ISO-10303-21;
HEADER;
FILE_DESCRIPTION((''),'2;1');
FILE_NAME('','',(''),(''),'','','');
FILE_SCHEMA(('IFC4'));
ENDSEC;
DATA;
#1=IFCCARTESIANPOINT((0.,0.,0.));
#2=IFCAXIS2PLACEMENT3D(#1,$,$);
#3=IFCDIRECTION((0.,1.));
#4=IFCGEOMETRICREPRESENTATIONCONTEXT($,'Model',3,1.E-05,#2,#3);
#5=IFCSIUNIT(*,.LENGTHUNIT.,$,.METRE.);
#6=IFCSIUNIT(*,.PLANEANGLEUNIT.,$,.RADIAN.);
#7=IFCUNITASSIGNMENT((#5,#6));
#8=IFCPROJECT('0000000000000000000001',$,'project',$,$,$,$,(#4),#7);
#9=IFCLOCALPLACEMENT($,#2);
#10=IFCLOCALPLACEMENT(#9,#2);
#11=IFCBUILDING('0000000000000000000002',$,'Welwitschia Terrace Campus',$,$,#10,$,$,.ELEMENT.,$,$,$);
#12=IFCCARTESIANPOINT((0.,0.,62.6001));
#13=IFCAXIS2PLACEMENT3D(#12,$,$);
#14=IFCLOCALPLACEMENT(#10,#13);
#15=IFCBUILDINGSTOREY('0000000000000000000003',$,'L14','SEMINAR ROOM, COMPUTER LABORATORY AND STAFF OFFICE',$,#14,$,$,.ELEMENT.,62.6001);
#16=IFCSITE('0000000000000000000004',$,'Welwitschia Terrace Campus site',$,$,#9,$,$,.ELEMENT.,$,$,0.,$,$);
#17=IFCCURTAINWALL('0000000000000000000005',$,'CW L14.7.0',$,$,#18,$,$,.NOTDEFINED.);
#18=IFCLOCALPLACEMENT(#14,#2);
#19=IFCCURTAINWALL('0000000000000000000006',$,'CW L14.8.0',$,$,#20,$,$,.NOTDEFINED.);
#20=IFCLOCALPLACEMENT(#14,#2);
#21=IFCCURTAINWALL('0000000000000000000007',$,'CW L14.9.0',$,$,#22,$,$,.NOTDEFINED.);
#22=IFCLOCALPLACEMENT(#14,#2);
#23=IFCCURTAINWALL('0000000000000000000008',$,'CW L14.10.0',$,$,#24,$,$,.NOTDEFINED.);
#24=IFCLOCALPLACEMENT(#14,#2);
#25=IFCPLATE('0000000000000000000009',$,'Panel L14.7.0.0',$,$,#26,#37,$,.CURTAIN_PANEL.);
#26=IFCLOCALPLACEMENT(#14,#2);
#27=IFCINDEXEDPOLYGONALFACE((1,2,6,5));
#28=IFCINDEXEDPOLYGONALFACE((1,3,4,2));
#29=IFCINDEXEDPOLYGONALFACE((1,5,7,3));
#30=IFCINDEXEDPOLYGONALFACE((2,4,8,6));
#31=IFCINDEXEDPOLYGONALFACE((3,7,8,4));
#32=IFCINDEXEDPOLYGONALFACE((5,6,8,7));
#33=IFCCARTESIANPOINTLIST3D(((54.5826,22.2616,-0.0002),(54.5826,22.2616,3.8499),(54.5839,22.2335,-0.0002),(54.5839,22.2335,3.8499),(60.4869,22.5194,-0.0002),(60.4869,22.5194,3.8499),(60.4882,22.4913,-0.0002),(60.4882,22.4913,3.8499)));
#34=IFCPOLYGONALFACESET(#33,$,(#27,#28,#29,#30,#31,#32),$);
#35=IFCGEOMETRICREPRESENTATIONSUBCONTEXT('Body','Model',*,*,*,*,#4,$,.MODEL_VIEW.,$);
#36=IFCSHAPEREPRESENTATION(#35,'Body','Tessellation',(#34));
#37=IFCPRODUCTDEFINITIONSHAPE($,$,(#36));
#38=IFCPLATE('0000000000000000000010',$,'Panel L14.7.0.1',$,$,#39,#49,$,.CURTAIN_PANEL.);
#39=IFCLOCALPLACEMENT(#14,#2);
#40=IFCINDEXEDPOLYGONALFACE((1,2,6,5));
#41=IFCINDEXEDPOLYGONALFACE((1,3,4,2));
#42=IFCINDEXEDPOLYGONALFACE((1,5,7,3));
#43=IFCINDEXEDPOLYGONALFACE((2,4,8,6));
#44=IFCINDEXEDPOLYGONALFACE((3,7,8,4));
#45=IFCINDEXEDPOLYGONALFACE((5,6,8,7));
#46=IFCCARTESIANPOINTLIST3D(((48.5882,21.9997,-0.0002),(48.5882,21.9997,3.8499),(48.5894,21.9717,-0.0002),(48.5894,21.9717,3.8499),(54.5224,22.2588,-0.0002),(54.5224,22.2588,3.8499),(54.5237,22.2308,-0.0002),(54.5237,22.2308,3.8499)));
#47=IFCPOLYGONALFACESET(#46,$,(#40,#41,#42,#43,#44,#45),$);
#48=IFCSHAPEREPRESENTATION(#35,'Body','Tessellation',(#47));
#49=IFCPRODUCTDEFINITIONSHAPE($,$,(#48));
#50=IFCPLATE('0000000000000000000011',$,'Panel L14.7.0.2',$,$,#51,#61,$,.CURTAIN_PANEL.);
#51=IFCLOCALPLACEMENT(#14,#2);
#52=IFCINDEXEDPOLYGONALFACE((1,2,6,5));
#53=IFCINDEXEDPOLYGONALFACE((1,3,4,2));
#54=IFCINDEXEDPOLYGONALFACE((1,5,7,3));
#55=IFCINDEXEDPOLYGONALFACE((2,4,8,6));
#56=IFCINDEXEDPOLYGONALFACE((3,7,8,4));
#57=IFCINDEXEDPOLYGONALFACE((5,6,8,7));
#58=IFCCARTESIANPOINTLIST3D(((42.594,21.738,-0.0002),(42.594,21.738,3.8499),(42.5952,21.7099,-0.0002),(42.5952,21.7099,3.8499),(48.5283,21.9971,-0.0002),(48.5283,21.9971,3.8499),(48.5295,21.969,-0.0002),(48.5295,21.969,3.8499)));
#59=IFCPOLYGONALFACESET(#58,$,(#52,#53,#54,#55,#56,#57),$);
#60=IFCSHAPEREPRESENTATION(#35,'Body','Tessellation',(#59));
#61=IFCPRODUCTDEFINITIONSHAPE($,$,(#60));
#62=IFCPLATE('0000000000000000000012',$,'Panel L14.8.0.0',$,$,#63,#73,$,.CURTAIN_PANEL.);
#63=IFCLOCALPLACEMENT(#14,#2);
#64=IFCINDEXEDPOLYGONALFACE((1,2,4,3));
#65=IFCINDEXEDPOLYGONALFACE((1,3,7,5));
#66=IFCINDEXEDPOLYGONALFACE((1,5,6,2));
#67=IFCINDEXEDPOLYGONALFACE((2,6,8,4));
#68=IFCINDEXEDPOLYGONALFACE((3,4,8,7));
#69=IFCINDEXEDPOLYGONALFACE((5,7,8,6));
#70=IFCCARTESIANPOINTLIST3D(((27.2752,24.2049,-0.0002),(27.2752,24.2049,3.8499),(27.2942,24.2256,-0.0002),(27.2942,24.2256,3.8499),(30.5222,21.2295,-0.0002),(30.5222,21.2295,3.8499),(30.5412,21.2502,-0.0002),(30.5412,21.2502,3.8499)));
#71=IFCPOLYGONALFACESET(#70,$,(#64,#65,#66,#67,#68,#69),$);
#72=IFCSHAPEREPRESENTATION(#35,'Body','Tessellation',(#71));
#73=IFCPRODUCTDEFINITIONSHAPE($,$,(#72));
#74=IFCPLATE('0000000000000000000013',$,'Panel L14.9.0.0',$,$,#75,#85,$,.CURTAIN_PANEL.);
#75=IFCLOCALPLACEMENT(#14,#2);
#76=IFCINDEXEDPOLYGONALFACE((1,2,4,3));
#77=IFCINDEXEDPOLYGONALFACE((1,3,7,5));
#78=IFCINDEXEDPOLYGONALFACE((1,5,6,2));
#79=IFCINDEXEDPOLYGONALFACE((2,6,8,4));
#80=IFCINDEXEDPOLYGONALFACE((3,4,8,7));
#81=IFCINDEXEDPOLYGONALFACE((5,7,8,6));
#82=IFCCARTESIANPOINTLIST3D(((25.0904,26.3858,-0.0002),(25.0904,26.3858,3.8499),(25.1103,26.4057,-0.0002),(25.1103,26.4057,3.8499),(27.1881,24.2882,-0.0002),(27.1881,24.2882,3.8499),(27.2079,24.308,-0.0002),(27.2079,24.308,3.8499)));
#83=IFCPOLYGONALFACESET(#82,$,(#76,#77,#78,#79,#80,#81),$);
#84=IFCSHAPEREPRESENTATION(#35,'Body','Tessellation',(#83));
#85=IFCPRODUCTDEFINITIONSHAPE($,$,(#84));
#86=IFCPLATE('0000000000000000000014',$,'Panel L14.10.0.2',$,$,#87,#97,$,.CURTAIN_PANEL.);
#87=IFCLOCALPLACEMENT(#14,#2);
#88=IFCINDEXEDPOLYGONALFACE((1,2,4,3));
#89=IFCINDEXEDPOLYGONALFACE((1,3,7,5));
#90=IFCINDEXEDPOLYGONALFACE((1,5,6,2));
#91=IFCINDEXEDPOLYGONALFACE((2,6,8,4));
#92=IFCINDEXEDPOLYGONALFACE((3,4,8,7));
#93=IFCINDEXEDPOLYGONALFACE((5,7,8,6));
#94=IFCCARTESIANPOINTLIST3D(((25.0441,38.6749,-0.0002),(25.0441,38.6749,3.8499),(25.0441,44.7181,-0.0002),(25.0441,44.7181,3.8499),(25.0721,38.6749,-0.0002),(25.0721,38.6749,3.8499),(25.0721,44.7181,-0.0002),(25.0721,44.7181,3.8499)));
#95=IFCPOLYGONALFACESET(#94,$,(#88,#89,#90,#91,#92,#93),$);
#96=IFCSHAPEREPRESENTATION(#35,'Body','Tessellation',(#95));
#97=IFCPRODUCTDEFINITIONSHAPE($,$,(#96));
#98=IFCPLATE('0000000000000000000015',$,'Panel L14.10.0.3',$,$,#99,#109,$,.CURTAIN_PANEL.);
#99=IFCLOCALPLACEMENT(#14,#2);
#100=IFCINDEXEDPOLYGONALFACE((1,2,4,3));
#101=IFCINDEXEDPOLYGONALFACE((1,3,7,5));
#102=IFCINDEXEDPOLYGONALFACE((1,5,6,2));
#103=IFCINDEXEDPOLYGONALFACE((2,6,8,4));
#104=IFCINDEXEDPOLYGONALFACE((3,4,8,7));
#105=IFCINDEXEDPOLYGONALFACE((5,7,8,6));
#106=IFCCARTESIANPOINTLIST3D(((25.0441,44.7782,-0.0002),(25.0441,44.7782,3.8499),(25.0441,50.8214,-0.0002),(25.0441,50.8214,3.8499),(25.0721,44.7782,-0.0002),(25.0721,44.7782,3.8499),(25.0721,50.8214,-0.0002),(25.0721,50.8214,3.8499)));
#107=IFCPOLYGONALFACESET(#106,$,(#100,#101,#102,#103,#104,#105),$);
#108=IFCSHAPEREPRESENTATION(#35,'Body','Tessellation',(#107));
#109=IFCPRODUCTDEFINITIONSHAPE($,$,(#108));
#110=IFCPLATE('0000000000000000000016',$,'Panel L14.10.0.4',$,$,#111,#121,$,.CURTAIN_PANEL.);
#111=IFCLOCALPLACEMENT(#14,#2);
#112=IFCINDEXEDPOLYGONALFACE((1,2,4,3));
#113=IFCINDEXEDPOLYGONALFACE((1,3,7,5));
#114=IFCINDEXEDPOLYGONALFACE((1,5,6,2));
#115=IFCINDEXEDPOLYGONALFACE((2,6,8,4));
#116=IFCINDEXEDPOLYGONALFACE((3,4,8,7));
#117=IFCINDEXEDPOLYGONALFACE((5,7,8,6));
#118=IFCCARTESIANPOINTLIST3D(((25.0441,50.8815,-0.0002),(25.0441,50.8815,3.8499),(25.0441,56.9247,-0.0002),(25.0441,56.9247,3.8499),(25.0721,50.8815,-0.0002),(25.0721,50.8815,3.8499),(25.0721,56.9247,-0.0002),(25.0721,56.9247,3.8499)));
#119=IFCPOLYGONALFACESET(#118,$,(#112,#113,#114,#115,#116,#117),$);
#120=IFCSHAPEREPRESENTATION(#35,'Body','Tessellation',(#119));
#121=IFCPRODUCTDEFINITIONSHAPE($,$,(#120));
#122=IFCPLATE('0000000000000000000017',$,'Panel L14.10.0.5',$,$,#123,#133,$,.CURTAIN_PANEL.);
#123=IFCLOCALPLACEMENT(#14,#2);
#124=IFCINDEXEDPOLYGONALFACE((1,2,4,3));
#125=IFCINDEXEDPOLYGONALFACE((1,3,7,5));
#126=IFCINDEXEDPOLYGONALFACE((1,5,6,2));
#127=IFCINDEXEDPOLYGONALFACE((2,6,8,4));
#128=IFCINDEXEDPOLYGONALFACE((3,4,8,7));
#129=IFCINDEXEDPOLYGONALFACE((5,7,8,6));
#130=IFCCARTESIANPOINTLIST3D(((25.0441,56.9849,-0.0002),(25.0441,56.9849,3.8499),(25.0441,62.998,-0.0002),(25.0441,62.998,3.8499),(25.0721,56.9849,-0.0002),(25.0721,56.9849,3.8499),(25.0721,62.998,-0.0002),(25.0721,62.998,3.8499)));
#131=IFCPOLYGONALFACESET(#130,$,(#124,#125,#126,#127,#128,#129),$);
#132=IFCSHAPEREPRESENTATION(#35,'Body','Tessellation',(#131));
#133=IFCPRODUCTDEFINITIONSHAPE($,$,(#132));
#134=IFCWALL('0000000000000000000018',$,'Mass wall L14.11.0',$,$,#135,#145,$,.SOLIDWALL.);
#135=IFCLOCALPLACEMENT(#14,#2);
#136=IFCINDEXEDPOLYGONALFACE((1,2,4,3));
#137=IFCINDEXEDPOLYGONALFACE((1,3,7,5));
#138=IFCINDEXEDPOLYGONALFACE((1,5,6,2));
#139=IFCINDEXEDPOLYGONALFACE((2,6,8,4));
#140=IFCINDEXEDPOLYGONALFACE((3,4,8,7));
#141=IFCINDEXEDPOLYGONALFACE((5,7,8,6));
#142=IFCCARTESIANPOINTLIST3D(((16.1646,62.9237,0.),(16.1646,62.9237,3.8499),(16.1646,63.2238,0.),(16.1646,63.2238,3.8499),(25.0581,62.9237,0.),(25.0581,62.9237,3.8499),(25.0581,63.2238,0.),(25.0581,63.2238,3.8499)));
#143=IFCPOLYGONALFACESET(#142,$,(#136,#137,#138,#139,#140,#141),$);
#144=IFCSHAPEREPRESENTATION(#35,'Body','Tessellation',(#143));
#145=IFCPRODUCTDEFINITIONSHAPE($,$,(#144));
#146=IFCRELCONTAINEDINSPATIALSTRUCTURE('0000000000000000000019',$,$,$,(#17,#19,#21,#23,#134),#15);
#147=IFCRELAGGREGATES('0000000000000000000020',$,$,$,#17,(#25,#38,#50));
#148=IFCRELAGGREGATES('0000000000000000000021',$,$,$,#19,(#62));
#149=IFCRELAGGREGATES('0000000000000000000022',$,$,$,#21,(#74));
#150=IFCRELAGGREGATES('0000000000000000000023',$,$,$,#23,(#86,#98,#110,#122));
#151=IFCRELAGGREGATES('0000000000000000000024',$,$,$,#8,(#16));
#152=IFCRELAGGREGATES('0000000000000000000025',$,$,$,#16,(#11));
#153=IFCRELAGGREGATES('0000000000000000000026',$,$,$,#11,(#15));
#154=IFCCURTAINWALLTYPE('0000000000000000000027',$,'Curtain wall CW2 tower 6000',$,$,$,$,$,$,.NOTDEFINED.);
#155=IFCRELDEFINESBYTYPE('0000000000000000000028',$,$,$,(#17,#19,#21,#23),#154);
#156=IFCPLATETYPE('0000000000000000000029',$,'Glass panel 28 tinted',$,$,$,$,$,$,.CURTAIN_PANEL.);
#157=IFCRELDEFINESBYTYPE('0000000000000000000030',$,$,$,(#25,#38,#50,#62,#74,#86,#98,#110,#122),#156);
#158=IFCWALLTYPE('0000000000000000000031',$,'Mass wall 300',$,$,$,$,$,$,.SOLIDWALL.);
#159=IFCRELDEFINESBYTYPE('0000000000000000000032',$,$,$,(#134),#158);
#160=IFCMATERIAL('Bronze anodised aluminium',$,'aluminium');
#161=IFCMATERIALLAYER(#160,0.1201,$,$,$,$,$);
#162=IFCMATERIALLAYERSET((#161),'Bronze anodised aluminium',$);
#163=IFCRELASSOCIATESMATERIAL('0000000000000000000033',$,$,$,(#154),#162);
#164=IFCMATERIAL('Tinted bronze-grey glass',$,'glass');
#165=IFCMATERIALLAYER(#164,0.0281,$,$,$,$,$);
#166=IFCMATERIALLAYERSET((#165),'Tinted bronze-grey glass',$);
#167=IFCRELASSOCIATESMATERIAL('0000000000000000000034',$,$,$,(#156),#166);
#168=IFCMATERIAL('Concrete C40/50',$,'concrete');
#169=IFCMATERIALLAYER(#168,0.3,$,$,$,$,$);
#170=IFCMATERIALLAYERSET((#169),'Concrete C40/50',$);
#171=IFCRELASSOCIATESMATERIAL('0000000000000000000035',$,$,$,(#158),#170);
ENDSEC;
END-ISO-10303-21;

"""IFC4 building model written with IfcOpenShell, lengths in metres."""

from ifc_helpers import new_model, si_unit, direction, frame, frame_2d, origin, origin_2d, place, context, subcontext, project, spatial, rectangle, extrude, material, layer, layer_set, type_object, element, aggregate, save


model = new_model("IFC4")

# Units and contexts
model_context = context("Model", 3, precision=1e-05, world=origin(), true_north=direction((0.0, 1.0)))
body_context = subcontext(model_context, "Body", "Model", "MODEL_VIEW")
ifc_project = project(units=[si_unit("LENGTHUNIT", "METRE"), si_unit("PLANEANGLEUNIT", "RADIAN")], contexts=[model_context])

# Site, building, storey
site_placement = place(None, origin())
site = spatial("IfcSite", under=ifc_project, at=site_placement, Name="Welwitschia Terrace Campus site", CompositionType="ELEMENT", RefElevation=0.0)
building_placement = place(site_placement, origin())
building = spatial("IfcBuilding", under=site, at=building_placement, Name="Welwitschia Terrace Campus", CompositionType="ELEMENT")
storey_placement = place(building_placement, frame((0.0, 0.0, 62.6001)))
storey = spatial("IfcBuildingStorey", under=building, at=storey_placement, Name="L14", Description="SEMINAR ROOM, COMPUTER LABORATORY AND STAFF OFFICE", CompositionType="ELEMENT", Elevation=62.6001)

# Shared definitions
ifc_material_1 = material(Name="Bronze anodised aluminium", Category="aluminium")
ifc_layer_1 = layer(ifc_material_1, 0.1201)
ifc_layer_set_1 = layer_set([ifc_layer_1], Name="Bronze anodised aluminium")
curtain_wall_type = type_object("IfcCurtainWallType", Name="Curtain wall CW2 tower 6000", PredefinedType="NOTDEFINED", material=ifc_layer_set_1)

# Curtain wall
curtain_wall_1_placement = place(storey_placement, origin())
curtain_wall_1 = element("IfcCurtainWall", 1, at=curtain_wall_1_placement, inside=storey, type_object=curtain_wall_type, Name="CW L14.7.0", PredefinedType="NOTDEFINED")

# Curtain wall
curtain_wall_2_placement = place(storey_placement, origin())
curtain_wall_2 = element("IfcCurtainWall", 2, at=curtain_wall_2_placement, inside=storey, type_object=curtain_wall_type, Name="CW L14.8.0", PredefinedType="NOTDEFINED")

# Curtain walls
curtain_wall_3_placement = place(storey_placement, origin())
curtain_wall_3 = element("IfcCurtainWall", 3, at=curtain_wall_3_placement, inside=storey, type_object=curtain_wall_type, Name="CW L14.9.0", PredefinedType="NOTDEFINED")
curtain_wall_4_placement = place(storey_placement, origin())
curtain_wall_4 = element("IfcCurtainWall", 4, at=curtain_wall_4_placement, inside=storey, type_object=curtain_wall_type, Name="CW L14.10.0", PredefinedType="NOTDEFINED")

# Plates
ifc_material_2 = material(Name="Tinted bronze-grey glass", Category="glass")
ifc_layer_2 = layer(ifc_material_2, 0.0281)
ifc_layer_set_2 = layer_set([ifc_layer_2], Name="Tinted bronze-grey glass")
plate_type = type_object("IfcPlateType", Name="Glass panel 28 tinted", PredefinedType="CURTAIN_PANEL", material=ifc_layer_set_2)
plate_1_placement = place(storey_placement, frame((57.5354, 22.3765, -0.0002), z_axis=(0.0, 0.0, 1.0), x_axis=(-0.999048, -0.043619, 0.0)))
plate_1 = element("IfcPlate", 5, at=plate_1_placement, type_object=plate_type, Name="Panel L14.7.0.0", PredefinedType="CURTAIN_PANEL", context=body_context, shape_type="SweptSolid", body=[
    extrude(rectangle(XDim=5.9099, YDim=0.0281, at=origin_2d()), origin(), (0.0, 0.0, 1.0), 3.8501),
])
plate_2_placement = place(storey_placement, frame((51.5559, 22.1152, -0.0002), z_axis=(0.0, 0.0, 1.0), x_axis=(-0.999048, -0.043619, 0.0)))
plate_2 = element("IfcPlate", 6, at=plate_2_placement, type_object=plate_type, Name="Panel L14.7.0.1", PredefinedType="CURTAIN_PANEL", context=body_context, shape_type="SweptSolid", body=[
    extrude(rectangle(XDim=5.9399, YDim=0.0281, at=origin_2d()), origin(), (0.0, 0.0, 1.0), 3.8501),
])
plate_3_placement = place(storey_placement, frame((45.5618, 21.8535, -0.0002), z_axis=(0.0, 0.0, 1.0), x_axis=(-0.999048, -0.043619, 0.0)))
plate_3 = element("IfcPlate", 7, at=plate_3_placement, type_object=plate_type, Name="Panel L14.7.0.2", PredefinedType="CURTAIN_PANEL", context=body_context, shape_type="SweptSolid", body=[
    extrude(rectangle(XDim=5.9399, YDim=0.0281, at=origin_2d()), origin(), (0.0, 0.0, 1.0), 3.8501),
])
aggregate(curtain_wall_1, [plate_1, plate_2, plate_3])
plate_4_placement = place(storey_placement, frame((28.9082, 22.7275, -0.0002), z_axis=(0.0, 0.0, 1.0), x_axis=(-0.737277, 0.67559, 0.0)))
plate_4 = element("IfcPlate", 8, at=plate_4_placement, type_object=plate_type, Name="Panel L14.8.0.0", PredefinedType="CURTAIN_PANEL", context=body_context, shape_type="SweptSolid", body=[
    extrude(rectangle(XDim=4.4041, YDim=0.0281, at=origin_2d()), origin(), (0.0, 0.0, 1.0), 3.8501),
])
aggregate(curtain_wall_2, [plate_4])
plate_5_placement = place(storey_placement, frame((26.1492, 25.3469, -0.0002), z_axis=(0.0, 0.0, 1.0), x_axis=(-0.707107, 0.707107, 0.0)))
plate_5 = element("IfcPlate", 9, at=plate_5_placement, type_object=plate_type, Name="Panel L14.9.0.0", PredefinedType="CURTAIN_PANEL", context=body_context, shape_type="SweptSolid", body=[
    extrude(rectangle(XDim=2.9666, YDim=0.0281, at=origin_2d()), origin(), (0.0, 0.0, 1.0), 3.8501),
])
aggregate(curtain_wall_3, [plate_5])
plate_6_placement = place(storey_placement, frame((25.0581, 41.6965, -0.0002), z_axis=(0.0, 0.0, 1.0), x_axis=(0.0, 1.0, 0.0)))
plate_6 = element("IfcPlate", 10, at=plate_6_placement, type_object=plate_type, Name="Panel L14.10.0.2", PredefinedType="CURTAIN_PANEL", context=body_context, shape_type="SweptSolid", body=[
    extrude(rectangle(XDim=6.0432, YDim=0.0281, at=origin_2d()), origin(), (0.0, 0.0, 1.0), 3.8501),
])
plate_7_placement = place(storey_placement, frame((25.0581, 47.7998, -0.0002), z_axis=(0.0, 0.0, 1.0), x_axis=(0.0, 1.0, 0.0)))
plate_7 = element("IfcPlate", 11, at=plate_7_placement, type_object=plate_type, Name="Panel L14.10.0.3", PredefinedType="CURTAIN_PANEL", context=body_context, shape_type="SweptSolid", body=[
    extrude(rectangle(XDim=6.0432, YDim=0.0281, at=origin_2d()), origin(), (0.0, 0.0, 1.0), 3.8501),
])
plate_8_placement = place(storey_placement, frame((25.0581, 53.9031, -0.0002), z_axis=(0.0, 0.0, 1.0), x_axis=(0.0, 1.0, 0.0)))
plate_8 = element("IfcPlate", 12, at=plate_8_placement, type_object=plate_type, Name="Panel L14.10.0.4", PredefinedType="CURTAIN_PANEL", context=body_context, shape_type="SweptSolid", body=[
    extrude(rectangle(XDim=6.0432, YDim=0.0281, at=origin_2d()), origin(), (0.0, 0.0, 1.0), 3.8501),
])
plate_9_placement = place(storey_placement, frame((25.0581, 59.9915, -0.0002), z_axis=(0.0, 0.0, 1.0), x_axis=(0.0, 1.0, 0.0)))
plate_9 = element("IfcPlate", 13, at=plate_9_placement, type_object=plate_type, Name="Panel L14.10.0.5", PredefinedType="CURTAIN_PANEL", context=body_context, shape_type="SweptSolid", body=[
    extrude(rectangle(XDim=6.0132, YDim=0.0281, at=origin_2d()), origin(), (0.0, 0.0, 1.0), 3.8501),
])
aggregate(curtain_wall_4, [plate_6, plate_7, plate_8, plate_9])

# Wall
ifc_material_3 = material(Name="Concrete C40/50", Category="concrete")
ifc_layer_3 = layer(ifc_material_3, 0.3)
ifc_layer_set_3 = layer_set([ifc_layer_3], Name="Concrete C40/50")
wall_type = type_object("IfcWallType", Name="Mass wall 300", PredefinedType="SOLIDWALL", material=ifc_layer_set_3)
wall_placement = place(storey_placement, frame((25.0581, 63.0737, 0.0), z_axis=(0.0, 0.0, 1.0), x_axis=(-1.0, 0.0, 0.0)))
element("IfcWall", 14, at=wall_placement, inside=storey, type_object=wall_type, Name="Mass wall L14.11.0", PredefinedType="SOLIDWALL", context=body_context, shape_type="SweptSolid", body=[
    extrude(rectangle(XDim=8.8936, YDim=0.3, at=frame_2d((4.4468, 0.0))), origin(), (0.0, 0.0, 1.0), 3.8499),
])

save(model, "model.ifc")
